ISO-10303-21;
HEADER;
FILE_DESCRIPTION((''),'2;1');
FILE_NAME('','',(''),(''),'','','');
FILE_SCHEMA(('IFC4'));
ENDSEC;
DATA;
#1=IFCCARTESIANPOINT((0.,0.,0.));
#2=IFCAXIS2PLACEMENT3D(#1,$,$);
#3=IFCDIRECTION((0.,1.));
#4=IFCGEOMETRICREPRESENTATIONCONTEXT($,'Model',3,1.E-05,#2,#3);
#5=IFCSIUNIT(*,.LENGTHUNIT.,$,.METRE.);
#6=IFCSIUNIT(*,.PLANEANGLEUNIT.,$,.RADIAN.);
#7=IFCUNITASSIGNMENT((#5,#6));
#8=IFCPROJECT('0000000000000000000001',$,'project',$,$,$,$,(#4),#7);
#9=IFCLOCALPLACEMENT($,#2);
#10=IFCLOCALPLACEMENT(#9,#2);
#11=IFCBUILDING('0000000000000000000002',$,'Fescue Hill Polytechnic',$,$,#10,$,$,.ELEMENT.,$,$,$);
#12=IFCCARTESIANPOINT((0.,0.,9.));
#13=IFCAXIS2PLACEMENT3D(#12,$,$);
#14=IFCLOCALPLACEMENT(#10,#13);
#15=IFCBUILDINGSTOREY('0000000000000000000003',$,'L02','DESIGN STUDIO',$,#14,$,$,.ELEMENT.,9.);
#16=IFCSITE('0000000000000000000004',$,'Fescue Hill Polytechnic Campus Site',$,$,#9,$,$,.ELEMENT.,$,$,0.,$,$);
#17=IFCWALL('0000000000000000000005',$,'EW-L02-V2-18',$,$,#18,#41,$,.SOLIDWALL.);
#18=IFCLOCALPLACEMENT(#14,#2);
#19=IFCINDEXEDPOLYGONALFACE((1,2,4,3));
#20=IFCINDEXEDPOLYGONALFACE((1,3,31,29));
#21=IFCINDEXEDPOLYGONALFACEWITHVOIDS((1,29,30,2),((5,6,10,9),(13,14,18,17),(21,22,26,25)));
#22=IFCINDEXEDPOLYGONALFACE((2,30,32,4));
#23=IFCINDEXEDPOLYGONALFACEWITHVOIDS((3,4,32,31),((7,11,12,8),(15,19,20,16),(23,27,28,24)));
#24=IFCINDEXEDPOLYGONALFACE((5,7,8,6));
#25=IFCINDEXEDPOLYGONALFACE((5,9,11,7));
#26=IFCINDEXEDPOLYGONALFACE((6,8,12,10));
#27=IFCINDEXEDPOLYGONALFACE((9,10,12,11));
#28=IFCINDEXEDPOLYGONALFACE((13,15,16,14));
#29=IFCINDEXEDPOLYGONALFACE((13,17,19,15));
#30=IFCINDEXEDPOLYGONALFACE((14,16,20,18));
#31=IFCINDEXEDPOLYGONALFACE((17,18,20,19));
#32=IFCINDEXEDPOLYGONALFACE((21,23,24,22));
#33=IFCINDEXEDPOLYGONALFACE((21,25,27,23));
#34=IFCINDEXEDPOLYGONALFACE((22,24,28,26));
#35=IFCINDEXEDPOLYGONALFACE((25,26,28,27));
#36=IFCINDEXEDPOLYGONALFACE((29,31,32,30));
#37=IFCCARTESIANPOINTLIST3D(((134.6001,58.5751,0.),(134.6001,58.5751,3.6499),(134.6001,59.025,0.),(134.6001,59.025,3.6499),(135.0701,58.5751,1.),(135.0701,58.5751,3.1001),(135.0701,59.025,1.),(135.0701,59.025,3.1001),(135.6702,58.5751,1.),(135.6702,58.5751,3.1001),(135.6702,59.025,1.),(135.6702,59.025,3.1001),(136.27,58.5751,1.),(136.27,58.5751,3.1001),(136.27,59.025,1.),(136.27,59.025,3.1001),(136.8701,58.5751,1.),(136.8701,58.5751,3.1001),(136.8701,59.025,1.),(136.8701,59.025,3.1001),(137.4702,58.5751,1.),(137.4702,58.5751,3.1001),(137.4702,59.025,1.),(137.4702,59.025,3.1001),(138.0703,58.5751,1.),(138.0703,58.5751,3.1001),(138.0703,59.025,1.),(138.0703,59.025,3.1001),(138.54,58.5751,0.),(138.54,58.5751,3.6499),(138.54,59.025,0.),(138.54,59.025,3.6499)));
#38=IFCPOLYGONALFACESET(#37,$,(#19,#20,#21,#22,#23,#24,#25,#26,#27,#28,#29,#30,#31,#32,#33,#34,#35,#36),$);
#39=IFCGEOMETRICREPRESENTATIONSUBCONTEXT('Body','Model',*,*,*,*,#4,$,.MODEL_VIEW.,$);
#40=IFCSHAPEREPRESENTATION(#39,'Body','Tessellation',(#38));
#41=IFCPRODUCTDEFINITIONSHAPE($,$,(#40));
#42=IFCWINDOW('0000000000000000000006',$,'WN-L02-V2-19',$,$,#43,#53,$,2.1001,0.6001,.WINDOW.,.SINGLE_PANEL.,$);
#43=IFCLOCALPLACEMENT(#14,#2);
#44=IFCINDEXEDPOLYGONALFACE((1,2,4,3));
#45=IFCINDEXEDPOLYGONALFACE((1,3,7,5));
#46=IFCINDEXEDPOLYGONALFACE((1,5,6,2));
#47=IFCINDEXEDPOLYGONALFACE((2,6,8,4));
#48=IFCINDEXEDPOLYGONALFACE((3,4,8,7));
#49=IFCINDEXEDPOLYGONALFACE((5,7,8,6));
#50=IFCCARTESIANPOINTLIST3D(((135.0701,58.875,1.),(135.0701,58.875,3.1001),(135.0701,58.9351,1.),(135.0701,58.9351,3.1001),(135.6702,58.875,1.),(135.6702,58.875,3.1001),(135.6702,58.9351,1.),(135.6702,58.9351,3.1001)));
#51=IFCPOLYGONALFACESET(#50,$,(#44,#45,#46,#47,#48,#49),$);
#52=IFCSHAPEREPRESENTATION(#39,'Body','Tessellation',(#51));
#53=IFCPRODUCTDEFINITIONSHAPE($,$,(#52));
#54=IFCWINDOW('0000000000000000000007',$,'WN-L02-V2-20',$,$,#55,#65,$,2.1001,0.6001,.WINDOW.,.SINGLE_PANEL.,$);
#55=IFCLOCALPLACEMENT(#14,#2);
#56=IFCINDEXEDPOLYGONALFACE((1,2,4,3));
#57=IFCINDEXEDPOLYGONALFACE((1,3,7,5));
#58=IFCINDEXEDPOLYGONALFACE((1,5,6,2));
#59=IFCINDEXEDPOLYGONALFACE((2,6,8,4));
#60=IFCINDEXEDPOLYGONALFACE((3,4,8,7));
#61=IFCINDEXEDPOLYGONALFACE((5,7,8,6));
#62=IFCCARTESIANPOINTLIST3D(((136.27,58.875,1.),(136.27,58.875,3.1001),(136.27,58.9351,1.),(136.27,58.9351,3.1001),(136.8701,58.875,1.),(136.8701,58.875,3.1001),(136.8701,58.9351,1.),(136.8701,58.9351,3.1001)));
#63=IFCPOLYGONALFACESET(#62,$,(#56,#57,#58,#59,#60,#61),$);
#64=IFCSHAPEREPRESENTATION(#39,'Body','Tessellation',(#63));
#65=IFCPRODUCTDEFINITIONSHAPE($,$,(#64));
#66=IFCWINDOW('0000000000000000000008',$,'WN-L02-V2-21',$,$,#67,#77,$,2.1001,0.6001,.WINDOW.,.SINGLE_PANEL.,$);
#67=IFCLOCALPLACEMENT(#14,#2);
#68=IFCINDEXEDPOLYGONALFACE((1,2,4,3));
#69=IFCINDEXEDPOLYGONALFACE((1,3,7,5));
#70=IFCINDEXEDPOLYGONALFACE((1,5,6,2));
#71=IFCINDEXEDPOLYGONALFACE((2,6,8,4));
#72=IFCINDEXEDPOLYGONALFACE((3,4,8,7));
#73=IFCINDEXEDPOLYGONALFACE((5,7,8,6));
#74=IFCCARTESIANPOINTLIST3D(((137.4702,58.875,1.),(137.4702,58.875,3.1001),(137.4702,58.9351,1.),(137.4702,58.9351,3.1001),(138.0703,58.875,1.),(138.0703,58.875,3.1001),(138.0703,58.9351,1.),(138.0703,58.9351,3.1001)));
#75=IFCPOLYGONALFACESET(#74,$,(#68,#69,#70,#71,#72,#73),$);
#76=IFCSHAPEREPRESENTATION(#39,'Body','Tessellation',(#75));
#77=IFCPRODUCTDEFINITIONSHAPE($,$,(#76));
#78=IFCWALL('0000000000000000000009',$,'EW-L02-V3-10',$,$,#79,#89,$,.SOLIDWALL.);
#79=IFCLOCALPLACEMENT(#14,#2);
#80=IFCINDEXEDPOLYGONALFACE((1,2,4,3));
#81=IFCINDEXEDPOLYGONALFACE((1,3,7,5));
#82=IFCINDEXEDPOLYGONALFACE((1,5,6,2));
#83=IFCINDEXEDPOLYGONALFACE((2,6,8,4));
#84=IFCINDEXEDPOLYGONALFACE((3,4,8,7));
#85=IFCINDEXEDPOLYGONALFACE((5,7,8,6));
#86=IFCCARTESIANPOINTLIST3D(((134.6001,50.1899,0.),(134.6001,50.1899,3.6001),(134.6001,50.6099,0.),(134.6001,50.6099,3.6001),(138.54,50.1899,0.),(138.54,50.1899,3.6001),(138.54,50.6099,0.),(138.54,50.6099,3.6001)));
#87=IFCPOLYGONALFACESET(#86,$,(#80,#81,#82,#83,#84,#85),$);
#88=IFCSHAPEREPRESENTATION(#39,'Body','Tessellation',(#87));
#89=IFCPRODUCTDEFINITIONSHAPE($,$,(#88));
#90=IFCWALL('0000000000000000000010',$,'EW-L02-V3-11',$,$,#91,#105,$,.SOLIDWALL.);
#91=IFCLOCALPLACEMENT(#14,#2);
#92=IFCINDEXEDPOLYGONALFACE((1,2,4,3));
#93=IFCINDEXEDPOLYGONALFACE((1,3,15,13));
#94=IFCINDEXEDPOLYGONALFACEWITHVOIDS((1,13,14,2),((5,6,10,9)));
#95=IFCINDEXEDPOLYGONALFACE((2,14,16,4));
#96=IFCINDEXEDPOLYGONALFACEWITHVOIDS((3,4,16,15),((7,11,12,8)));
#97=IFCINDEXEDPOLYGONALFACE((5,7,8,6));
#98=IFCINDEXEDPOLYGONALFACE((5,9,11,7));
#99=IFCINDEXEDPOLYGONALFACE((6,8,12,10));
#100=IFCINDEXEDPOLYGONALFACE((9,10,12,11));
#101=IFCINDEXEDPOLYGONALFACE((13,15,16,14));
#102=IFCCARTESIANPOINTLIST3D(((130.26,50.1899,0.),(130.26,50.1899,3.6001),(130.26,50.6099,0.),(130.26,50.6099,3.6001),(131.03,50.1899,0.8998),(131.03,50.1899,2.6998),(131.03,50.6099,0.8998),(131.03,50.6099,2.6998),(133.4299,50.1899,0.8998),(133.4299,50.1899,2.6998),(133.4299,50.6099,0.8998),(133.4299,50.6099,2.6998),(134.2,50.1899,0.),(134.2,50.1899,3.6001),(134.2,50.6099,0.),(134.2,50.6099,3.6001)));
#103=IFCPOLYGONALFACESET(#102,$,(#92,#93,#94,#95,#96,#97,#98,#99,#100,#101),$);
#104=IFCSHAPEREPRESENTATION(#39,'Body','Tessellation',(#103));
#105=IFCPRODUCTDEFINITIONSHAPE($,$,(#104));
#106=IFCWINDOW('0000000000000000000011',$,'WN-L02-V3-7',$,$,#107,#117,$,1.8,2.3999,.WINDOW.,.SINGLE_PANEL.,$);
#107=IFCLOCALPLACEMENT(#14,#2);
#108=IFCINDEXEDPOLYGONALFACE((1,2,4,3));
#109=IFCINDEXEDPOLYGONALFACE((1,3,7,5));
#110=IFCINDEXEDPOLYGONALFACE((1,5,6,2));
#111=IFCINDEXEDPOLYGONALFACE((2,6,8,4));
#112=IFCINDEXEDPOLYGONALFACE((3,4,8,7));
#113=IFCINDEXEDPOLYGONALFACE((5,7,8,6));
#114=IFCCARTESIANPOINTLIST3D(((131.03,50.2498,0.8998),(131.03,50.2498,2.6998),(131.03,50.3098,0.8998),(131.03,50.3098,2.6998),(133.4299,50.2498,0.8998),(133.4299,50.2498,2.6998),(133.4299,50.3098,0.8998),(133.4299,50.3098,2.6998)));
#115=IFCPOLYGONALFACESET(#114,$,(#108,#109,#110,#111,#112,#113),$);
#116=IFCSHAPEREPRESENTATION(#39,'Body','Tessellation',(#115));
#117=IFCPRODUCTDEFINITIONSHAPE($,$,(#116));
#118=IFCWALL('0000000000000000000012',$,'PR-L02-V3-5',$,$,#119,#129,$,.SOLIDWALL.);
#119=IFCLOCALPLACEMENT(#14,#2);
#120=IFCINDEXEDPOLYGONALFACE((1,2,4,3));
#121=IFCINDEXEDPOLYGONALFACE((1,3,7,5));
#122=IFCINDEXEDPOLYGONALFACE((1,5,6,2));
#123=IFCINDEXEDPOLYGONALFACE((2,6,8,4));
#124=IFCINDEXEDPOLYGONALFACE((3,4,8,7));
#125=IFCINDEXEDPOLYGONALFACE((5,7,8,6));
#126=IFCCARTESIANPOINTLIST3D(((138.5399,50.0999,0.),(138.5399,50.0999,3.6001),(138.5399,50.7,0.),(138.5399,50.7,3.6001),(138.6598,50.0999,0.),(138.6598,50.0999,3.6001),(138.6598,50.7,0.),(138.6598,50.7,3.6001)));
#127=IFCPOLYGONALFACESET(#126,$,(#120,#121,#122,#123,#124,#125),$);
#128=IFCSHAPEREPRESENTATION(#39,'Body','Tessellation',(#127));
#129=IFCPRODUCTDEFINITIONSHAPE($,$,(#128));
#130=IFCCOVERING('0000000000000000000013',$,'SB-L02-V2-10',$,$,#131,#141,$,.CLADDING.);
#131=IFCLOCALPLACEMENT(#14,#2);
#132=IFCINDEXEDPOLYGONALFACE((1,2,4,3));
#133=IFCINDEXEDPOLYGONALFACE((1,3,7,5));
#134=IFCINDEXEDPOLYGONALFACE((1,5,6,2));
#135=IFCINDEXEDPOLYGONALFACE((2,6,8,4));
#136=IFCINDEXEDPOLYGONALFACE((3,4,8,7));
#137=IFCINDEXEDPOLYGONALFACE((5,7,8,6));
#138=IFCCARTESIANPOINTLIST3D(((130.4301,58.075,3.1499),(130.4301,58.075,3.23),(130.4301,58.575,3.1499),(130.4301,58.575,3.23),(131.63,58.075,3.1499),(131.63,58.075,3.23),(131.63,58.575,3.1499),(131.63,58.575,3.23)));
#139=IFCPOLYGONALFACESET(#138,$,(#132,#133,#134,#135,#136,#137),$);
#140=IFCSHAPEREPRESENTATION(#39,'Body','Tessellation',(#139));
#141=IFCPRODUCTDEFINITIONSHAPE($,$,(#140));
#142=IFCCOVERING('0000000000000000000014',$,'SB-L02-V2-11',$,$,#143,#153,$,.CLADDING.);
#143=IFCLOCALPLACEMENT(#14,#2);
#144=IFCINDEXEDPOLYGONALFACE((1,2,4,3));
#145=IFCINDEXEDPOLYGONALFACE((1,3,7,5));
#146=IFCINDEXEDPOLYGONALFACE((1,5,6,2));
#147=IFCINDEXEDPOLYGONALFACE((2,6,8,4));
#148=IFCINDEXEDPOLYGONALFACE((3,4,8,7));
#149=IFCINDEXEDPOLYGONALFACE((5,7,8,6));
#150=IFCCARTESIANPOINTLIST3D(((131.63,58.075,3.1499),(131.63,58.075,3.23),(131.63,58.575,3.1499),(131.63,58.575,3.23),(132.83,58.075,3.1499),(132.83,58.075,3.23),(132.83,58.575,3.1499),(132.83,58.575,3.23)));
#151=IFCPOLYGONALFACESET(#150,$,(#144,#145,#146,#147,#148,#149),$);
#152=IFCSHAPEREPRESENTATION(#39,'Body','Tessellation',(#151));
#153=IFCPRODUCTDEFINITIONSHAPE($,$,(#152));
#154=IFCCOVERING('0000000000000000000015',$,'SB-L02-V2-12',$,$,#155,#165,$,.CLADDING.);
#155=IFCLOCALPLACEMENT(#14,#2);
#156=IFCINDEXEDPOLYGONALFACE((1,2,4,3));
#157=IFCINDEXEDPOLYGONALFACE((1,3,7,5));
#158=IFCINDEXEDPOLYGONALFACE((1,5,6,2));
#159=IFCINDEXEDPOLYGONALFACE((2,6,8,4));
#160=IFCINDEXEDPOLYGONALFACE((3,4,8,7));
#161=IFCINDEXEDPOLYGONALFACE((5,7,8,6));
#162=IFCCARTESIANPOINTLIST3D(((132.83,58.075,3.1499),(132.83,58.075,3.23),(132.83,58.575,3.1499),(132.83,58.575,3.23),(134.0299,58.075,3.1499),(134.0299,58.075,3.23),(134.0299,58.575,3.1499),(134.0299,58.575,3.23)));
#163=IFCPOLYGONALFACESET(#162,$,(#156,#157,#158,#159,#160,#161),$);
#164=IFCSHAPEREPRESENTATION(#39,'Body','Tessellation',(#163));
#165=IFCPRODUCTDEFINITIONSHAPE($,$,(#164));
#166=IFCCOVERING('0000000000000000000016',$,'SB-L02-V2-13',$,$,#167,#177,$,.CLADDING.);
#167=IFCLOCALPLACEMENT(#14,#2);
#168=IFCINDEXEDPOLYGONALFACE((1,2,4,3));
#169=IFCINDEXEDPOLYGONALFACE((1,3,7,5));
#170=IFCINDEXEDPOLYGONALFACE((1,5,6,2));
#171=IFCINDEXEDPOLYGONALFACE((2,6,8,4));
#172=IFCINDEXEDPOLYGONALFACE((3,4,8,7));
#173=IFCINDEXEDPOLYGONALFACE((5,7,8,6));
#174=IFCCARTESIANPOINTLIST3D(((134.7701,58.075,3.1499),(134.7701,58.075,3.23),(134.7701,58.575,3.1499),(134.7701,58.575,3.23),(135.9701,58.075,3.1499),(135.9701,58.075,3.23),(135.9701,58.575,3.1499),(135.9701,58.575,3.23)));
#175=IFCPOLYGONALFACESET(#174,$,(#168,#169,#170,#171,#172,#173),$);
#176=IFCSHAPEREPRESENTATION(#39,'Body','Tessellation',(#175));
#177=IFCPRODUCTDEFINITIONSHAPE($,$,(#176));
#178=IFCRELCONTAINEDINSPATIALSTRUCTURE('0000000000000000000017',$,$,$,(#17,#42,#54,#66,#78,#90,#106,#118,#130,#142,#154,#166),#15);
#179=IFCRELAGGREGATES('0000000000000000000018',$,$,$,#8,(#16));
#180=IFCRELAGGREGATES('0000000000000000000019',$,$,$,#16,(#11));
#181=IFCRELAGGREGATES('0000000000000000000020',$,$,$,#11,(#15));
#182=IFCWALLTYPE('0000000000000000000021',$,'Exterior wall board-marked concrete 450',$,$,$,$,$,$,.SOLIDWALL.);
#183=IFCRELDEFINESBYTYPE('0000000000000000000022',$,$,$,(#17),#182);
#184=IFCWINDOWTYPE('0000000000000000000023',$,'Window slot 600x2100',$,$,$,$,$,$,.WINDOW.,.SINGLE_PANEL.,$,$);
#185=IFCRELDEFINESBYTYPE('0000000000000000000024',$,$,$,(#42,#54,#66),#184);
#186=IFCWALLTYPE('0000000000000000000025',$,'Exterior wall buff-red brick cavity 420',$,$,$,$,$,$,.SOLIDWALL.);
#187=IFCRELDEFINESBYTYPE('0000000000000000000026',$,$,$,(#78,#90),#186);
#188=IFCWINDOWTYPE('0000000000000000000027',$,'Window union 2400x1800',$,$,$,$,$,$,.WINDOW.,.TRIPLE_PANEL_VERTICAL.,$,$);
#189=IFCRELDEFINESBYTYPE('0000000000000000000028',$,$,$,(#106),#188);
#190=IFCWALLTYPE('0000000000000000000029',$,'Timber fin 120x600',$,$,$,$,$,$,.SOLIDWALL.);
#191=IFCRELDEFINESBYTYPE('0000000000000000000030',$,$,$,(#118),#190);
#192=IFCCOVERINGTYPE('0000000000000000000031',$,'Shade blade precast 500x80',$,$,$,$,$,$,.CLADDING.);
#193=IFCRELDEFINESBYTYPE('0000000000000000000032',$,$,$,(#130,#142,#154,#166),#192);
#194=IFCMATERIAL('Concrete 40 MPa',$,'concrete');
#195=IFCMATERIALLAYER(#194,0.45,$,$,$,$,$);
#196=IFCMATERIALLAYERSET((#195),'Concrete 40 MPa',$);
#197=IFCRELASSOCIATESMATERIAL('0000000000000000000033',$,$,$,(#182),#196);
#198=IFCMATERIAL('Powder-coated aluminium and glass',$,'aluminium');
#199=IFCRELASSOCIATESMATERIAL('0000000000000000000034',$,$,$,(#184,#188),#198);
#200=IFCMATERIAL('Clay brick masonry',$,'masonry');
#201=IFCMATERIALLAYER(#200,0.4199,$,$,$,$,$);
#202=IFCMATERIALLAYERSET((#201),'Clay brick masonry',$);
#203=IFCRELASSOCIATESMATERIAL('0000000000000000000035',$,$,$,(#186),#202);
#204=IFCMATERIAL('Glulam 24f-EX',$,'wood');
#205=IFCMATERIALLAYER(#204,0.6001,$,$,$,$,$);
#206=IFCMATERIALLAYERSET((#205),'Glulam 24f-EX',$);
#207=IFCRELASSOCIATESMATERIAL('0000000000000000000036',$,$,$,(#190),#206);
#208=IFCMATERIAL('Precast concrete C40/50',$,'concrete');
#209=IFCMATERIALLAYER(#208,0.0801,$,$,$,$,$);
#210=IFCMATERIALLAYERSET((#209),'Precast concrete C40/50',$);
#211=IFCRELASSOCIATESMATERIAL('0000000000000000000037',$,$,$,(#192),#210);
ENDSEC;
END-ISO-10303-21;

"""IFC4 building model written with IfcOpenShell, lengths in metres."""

from ifc_helpers import new_model, si_unit, direction, frame, frame_2d, origin, origin_2d, place, context, subcontext, project, spatial, rectangle, extrude, material, layer, layer_set, type_object, element, fill, save


model = new_model("IFC4")

# Units and contexts
model_context = context("Model", 3, precision=1e-05, world=origin(), true_north=direction((0.0, 1.0)))
body_context = subcontext(model_context, "Body", "Model", "MODEL_VIEW")
ifc_project = project(units=[si_unit("LENGTHUNIT", "METRE"), si_unit("PLANEANGLEUNIT", "RADIAN")], contexts=[model_context])

# Site, building, storey
site_placement = place(None, origin())
site = spatial("IfcSite", under=ifc_project, at=site_placement, Name="Fescue Hill Polytechnic Campus Site", CompositionType="ELEMENT", RefElevation=0.0)
building_placement = place(site_placement, origin())
building = spatial("IfcBuilding", under=site, at=building_placement, Name="Fescue Hill Polytechnic", CompositionType="ELEMENT")
storey_placement = place(building_placement, frame((0.0, 0.0, 9.0)))
storey = spatial("IfcBuildingStorey", under=building, at=storey_placement, Name="L02", Description="DESIGN STUDIO", CompositionType="ELEMENT", Elevation=9.0)

# Shared definitions
ifc_material_1 = material(Name="Concrete 40 MPa", Category="concrete")

# Wall, openings, windows
ifc_layer_1 = layer(ifc_material_1, 0.45)
ifc_layer_set_1 = layer_set([ifc_layer_1], Name="Concrete 40 MPa")
wall_type_1 = type_object("IfcWallType", Name="Exterior wall board-marked concrete 450", PredefinedType="SOLIDWALL", material=ifc_layer_set_1)
ifc_material_2 = material(Name="Powder-coated aluminium and glass", Category="aluminium")
window_type_1 = type_object("IfcWindowType", Name="Window slot 600x2100", PartitioningType="SINGLE_PANEL", PredefinedType="WINDOW", material=ifc_material_2)
wall_1_placement = place(storey_placement, frame((134.6001, 58.8, 0.0), z_axis=(0.0, 0.0, 1.0), x_axis=(1.0, 0.0, 0.0)))
wall_1 = element("IfcWall", 1, at=wall_1_placement, inside=storey, type_object=wall_type_1, Name="EW-L02-V2-18", PredefinedType="SOLIDWALL", context=body_context, shape_type="SweptSolid", body=[
    extrude(rectangle(XDim=3.9399, YDim=0.45, at=frame_2d((1.97, 0.0))), origin(), (0.0, 0.0, 1.0), 3.6499),
])
opening_1_placement = place(wall_1_placement, frame((0.47, 0.0, 1.0)))
opening_1 = element("IfcOpeningElement", 2, at=opening_1_placement, cuts=wall_1, PredefinedType="OPENING", context=body_context, shape_type="SweptSolid", body=[
    extrude(rectangle(XDim=0.6001, YDim=2.1001, at=frame_2d((0.3, 1.05))), frame((0.0, 0.2349, 0.0), z_axis=(0.0, -1.0, 0.0), x_axis=(1.0, 0.0, 0.0)), (0.0, 0.0, 1.0), 0.47),
])
opening_2_placement = place(wall_1_placement, frame((1.6699, 0.0, 1.0)))
opening_2 = element("IfcOpeningElement", 3, at=opening_2_placement, cuts=wall_1, PredefinedType="OPENING", context=body_context, shape_type="SweptSolid", body=[
    extrude(rectangle(XDim=0.6001, YDim=2.1001, at=frame_2d((0.3, 1.05))), frame((0.0, 0.2349, 0.0), z_axis=(0.0, -1.0, 0.0), x_axis=(1.0, 0.0, 0.0)), (0.0, 0.0, 1.0), 0.47),
])
opening_3_placement = place(wall_1_placement, frame((2.8701, 0.0, 1.0)))
opening_3 = element("IfcOpeningElement", 4, at=opening_3_placement, cuts=wall_1, PredefinedType="OPENING", context=body_context, shape_type="SweptSolid", body=[
    extrude(rectangle(XDim=0.6001, YDim=2.1001, at=frame_2d((0.3, 1.05))), frame((0.0, 0.2349, 0.0), z_axis=(0.0, -1.0, 0.0), x_axis=(1.0, 0.0, 0.0)), (0.0, 0.0, 1.0), 0.47),
])
window_1_placement = place(opening_1_placement, origin())
window_1 = element("IfcWindow", 5, at=window_1_placement, inside=storey, type_object=window_type_1, Name="WN-L02-V2-19", OverallHeight=2.1001, OverallWidth=0.6001, PartitioningType="SINGLE_PANEL", PredefinedType="WINDOW", context=body_context, shape_type="SweptSolid", body=[
    extrude(rectangle(XDim=0.6001, YDim=2.1001, at=frame_2d((0.3, 1.05))), frame((0.0, 0.135, 0.0), z_axis=(0.0, -1.0, 0.0), x_axis=(1.0, 0.0, 0.0)), (0.0, 0.0, 1.0), 0.0601),
])
fill(opening_1, window_1)
window_2_placement = place(opening_2_placement, origin())
window_2 = element("IfcWindow", 6, at=window_2_placement, inside=storey, type_object=window_type_1, Name="WN-L02-V2-20", OverallHeight=2.1001, OverallWidth=0.6001, PartitioningType="SINGLE_PANEL", PredefinedType="WINDOW", context=body_context, shape_type="SweptSolid", body=[
    extrude(rectangle(XDim=0.6001, YDim=2.1001, at=frame_2d((0.3, 1.05))), frame((0.0, 0.135, 0.0), z_axis=(0.0, -1.0, 0.0), x_axis=(1.0, 0.0, 0.0)), (0.0, 0.0, 1.0), 0.0601),
])
fill(opening_2, window_2)
window_3_placement = place(opening_3_placement, origin())
window_3 = element("IfcWindow", 7, at=window_3_placement, inside=storey, type_object=window_type_1, Name="WN-L02-V2-21", OverallHeight=2.1001, OverallWidth=0.6001, PartitioningType="SINGLE_PANEL", PredefinedType="WINDOW", context=body_context, shape_type="SweptSolid", body=[
    extrude(rectangle(XDim=0.6001, YDim=2.1001, at=frame_2d((0.3, 1.05))), frame((0.0, 0.135, 0.0), z_axis=(0.0, -1.0, 0.0), x_axis=(1.0, 0.0, 0.0)), (0.0, 0.0, 1.0), 0.0601),
])
fill(opening_3, window_3)

# Wall
ifc_material_3 = material(Name="Clay brick masonry", Category="masonry")
ifc_layer_2 = layer(ifc_material_3, 0.4199)
ifc_layer_set_2 = layer_set([ifc_layer_2], Name="Clay brick masonry")
wall_type_2 = type_object("IfcWallType", Name="Exterior wall buff-red brick cavity 420", PredefinedType="SOLIDWALL", material=ifc_layer_set_2)
wall_2_placement = place(storey_placement, frame((138.54, 50.3999, 0.0), z_axis=(0.0, 0.0, 1.0), x_axis=(-1.0, 0.0, 0.0)))
element("IfcWall", 8, at=wall_2_placement, inside=storey, type_object=wall_type_2, Name="EW-L02-V3-10", PredefinedType="SOLIDWALL", context=body_context, shape_type="SweptSolid", body=[
    extrude(rectangle(XDim=3.9399, YDim=0.4199, at=frame_2d((1.97, 0.0))), origin(), (0.0, 0.0, 1.0), 3.6001),
])

# Wall, opening, window
wall_3_placement = place(storey_placement, frame((134.2, 50.3999, 0.0), z_axis=(0.0, 0.0, 1.0), x_axis=(-1.0, 0.0, 0.0)))
wall_3 = element("IfcWall", 9, at=wall_3_placement, inside=storey, type_object=wall_type_2, Name="EW-L02-V3-11", PredefinedType="SOLIDWALL", context=body_context, shape_type="SweptSolid", body=[
    extrude(rectangle(XDim=3.9399, YDim=0.4199, at=frame_2d((1.97, 0.0))), origin(), (0.0, 0.0, 1.0), 3.6001),
])
opening_4_placement = place(wall_3_placement, frame((0.77, 0.0, 0.8999)))
opening_4 = element("IfcOpeningElement", 10, at=opening_4_placement, cuts=wall_3, PredefinedType="OPENING", context=body_context, shape_type="SweptSolid", body=[
    extrude(rectangle(XDim=2.3999, YDim=1.8, at=frame_2d((1.2, 0.8999))), frame((0.0, 0.22, 0.0), z_axis=(0.0, -1.0, 0.0), x_axis=(1.0, 0.0, 0.0)), (0.0, 0.0, 1.0), 0.4399),
])
window_type_2 = type_object("IfcWindowType", Name="Window union 2400x1800", PartitioningType="TRIPLE_PANEL_VERTICAL", PredefinedType="WINDOW", material=ifc_material_2)
window_4_placement = place(opening_4_placement, origin())
window_4 = element("IfcWindow", 11, at=window_4_placement, inside=storey, type_object=window_type_2, Name="WN-L02-V3-7", OverallHeight=1.8, OverallWidth=2.3999, PartitioningType="SINGLE_PANEL", PredefinedType="WINDOW", context=body_context, shape_type="SweptSolid", body=[
    extrude(rectangle(XDim=2.3999, YDim=1.8, at=frame_2d((1.2, 0.8999))), frame((0.0, 0.1501, 0.0), z_axis=(0.0, -1.0, 0.0), x_axis=(1.0, 0.0, 0.0)), (0.0, 0.0, 1.0), 0.0601),
])
fill(opening_4, window_4)

# Wall
ifc_material_4 = material(Name="Glulam 24f-EX", Category="wood")
ifc_layer_3 = layer(ifc_material_4, 0.6001)
ifc_layer_set_3 = layer_set([ifc_layer_3], Name="Glulam 24f-EX")
wall_type_3 = type_object("IfcWallType", Name="Timber fin 120x600", PredefinedType="SOLIDWALL", material=ifc_layer_set_3)
wall_4_placement = place(storey_placement, frame((138.6599, 50.3999, 0.0), z_axis=(0.0, 0.0, 1.0), x_axis=(-1.0, 0.0, 0.0)))
element("IfcWall", 12, at=wall_4_placement, inside=storey, type_object=wall_type_3, Name="PR-L02-V3-5", PredefinedType="SOLIDWALL", context=body_context, shape_type="SweptSolid", body=[
    extrude(rectangle(XDim=0.1199, YDim=0.6001, at=frame_2d((0.0601, 0.0))), origin(), (0.0, 0.0, 1.0), 3.6001),
])

# Coverings
ifc_material_5 = material(Name="Precast concrete C40/50", Category="concrete")
ifc_layer_4 = layer(ifc_material_5, 0.0801)
ifc_layer_set_4 = layer_set([ifc_layer_4], Name="Precast concrete C40/50")
covering_type = type_object("IfcCoveringType", Name="Shade blade precast 500x80", PredefinedType="CLADDING", material=ifc_layer_set_4)
for number, where, z_axis, x_axis, name in (
    (13, (131.03, 58.325, 3.1499), (0.0, 0.0, 1.0), (1.0, 0.0, 0.0), "SB-L02-V2-10"),
    (14, (132.23, 58.325, 3.1499), (0.0, 0.0, 1.0), (1.0, 0.0, 0.0), "SB-L02-V2-11"),
    (15, (133.4299, 58.325, 3.1499), (0.0, 0.0, 1.0), (1.0, 0.0, 0.0), "SB-L02-V2-12"),
    (16, (135.3701, 58.325, 3.1499), (0.0, 0.0, 1.0), (1.0, 0.0, 0.0), "SB-L02-V2-13"),
):
    element("IfcCovering", number, at=place(storey_placement, frame(where, z_axis=z_axis, x_axis=x_axis)), inside=storey, type_object=covering_type, Name=name, PredefinedType="CLADDING", context=body_context, shape_type="SweptSolid", body=[
        extrude(rectangle(XDim=1.2, YDim=0.5, at=origin_2d()), origin(), (0.0, 0.0, 1.0), 0.0801),
    ])

save(model, "model.ifc")
